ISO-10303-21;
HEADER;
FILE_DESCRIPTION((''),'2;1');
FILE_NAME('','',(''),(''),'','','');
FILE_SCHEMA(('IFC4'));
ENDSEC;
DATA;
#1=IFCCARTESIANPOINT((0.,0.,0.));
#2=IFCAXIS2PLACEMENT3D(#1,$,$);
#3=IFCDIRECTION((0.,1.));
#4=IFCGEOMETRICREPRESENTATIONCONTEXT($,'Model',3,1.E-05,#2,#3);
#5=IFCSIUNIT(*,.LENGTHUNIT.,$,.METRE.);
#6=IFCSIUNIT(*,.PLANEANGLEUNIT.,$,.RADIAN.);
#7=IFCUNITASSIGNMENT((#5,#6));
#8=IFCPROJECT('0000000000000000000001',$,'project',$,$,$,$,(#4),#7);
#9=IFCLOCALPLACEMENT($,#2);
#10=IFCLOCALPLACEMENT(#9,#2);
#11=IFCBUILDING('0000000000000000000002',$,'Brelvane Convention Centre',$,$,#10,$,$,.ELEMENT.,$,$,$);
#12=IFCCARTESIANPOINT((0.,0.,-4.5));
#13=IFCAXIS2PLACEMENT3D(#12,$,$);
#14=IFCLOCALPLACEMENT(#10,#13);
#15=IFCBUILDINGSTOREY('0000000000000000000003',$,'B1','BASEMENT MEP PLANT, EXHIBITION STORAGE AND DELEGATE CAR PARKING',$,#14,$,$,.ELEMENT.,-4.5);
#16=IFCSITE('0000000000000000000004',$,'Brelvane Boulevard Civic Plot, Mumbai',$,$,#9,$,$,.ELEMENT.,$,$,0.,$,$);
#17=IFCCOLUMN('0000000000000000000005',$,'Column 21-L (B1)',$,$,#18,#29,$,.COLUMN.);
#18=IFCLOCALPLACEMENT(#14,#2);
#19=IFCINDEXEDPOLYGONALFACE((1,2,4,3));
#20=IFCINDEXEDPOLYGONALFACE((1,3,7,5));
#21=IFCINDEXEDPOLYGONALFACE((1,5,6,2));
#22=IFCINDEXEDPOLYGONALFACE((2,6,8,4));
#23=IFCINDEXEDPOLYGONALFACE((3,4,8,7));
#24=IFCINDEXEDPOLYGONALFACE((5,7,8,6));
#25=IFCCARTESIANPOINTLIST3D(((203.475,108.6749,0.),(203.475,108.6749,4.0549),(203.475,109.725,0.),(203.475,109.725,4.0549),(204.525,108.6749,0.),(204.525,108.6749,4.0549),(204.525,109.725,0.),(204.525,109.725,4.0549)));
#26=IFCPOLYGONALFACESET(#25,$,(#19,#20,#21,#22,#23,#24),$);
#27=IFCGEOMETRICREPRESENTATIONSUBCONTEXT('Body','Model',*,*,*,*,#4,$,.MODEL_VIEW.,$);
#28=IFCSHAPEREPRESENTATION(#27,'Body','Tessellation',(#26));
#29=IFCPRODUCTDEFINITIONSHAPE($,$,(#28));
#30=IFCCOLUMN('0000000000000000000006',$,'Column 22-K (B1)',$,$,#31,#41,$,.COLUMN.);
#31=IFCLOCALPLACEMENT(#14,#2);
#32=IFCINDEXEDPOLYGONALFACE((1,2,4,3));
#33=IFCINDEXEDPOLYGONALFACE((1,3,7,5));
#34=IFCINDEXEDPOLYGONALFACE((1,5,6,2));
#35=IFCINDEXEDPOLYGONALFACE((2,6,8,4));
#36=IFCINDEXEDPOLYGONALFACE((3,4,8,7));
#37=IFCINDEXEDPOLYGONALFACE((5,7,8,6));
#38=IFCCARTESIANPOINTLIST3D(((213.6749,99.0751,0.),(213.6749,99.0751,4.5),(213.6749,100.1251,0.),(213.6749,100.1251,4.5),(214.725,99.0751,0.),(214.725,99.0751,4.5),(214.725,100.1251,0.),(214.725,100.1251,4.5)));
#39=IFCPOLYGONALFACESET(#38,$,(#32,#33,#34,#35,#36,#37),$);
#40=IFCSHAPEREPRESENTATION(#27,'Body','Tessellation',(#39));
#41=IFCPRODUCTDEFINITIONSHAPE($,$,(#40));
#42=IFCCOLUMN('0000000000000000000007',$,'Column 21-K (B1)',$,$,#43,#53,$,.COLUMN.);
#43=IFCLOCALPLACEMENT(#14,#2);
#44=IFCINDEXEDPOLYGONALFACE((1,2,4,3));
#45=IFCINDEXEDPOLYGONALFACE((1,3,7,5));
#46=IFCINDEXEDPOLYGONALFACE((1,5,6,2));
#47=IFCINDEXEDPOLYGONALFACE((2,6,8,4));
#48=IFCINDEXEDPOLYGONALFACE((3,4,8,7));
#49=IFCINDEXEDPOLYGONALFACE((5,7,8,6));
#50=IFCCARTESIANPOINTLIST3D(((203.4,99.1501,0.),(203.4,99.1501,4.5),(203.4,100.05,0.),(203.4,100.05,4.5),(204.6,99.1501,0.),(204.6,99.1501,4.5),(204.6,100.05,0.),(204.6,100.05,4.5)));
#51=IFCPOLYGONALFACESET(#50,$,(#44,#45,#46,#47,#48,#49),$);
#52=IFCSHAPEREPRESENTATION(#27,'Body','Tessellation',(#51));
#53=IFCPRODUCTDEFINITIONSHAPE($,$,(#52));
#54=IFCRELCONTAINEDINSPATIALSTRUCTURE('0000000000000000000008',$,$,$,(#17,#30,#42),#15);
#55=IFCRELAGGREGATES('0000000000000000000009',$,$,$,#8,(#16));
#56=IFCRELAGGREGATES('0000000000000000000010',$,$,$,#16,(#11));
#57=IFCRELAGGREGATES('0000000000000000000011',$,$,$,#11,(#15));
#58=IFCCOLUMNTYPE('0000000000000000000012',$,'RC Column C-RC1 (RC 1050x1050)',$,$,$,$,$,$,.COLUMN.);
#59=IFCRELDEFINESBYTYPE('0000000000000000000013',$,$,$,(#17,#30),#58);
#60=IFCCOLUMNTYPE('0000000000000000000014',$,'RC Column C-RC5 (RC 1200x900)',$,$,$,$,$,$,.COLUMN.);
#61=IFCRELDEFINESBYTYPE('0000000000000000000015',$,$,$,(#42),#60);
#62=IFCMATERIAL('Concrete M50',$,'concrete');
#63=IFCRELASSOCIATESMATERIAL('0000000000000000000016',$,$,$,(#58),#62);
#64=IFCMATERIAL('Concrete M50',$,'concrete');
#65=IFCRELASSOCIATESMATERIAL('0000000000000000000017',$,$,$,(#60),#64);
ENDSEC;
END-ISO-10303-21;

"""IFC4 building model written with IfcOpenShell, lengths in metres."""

from ifc_helpers import new_model, si_unit, direction, frame, origin, origin_2d, place, context, subcontext, project, spatial, rectangle, extrude, material, material_profile, profile_set, type_object, element, save


model = new_model("IFC4")

# Units and contexts
model_context = context("Model", 3, precision=1e-05, world=origin(), true_north=direction((0.0, 1.0)))
body_context = subcontext(model_context, "Body", "Model", "MODEL_VIEW")
ifc_project = project(units=[si_unit("LENGTHUNIT", "METRE"), si_unit("PLANEANGLEUNIT", "RADIAN")], contexts=[model_context])

# Site, building, storey
site_placement = place(None, origin())
site = spatial("IfcSite", under=ifc_project, at=site_placement, Name="Brelvane Boulevard Civic Plot, Mumbai", CompositionType="ELEMENT", RefElevation=0.0)
building_placement = place(site_placement, origin())
building = spatial("IfcBuilding", under=site, at=building_placement, Name="Brelvane Convention Centre", CompositionType="ELEMENT")
storey_placement = place(building_placement, frame((0.0, 0.0, -4.5)))
storey = spatial("IfcBuildingStorey", under=building, at=storey_placement, Name="B1", Description="BASEMENT MEP PLANT, EXHIBITION STORAGE AND DELEGATE CAR PARKING", CompositionType="ELEMENT", Elevation=-4.5)

# Columns
ifc_material_1 = material(Name="Concrete M50", Category="concrete")
ifc_material_profile_1 = material_profile(ifc_material_1, rectangle(XDim=1.05, YDim=1.05, at=origin_2d()), Name="RC 1050x1050")
ifc_profile_set_1 = profile_set([ifc_material_profile_1], Name="Concrete M50")
column_type_1 = type_object("IfcColumnType", Name="RC Column C-RC1 (RC 1050x1050)", PredefinedType="COLUMN", material=ifc_profile_set_1)
column_1_placement = place(storey_placement, frame((204.0, 109.2, 0.0), z_axis=(0.0, 0.0, 1.0), x_axis=(1.0, 0.0, 0.0)))
element("IfcColumn", 1, at=column_1_placement, inside=storey, type_object=column_type_1, Name="Column 21-L (B1)", PredefinedType="COLUMN", context=body_context, shape_type="SweptSolid", body=[
    extrude(rectangle(XDim=1.05, YDim=1.05, at=origin_2d()), origin(), (0.0, 0.0, 1.0), 4.0549),
])
column_2_placement = place(storey_placement, frame((214.2, 99.6001, 0.0), z_axis=(0.0, 0.0, 1.0), x_axis=(1.0, 0.0, 0.0)))
element("IfcColumn", 2, at=column_2_placement, inside=storey, type_object=column_type_1, Name="Column 22-K (B1)", PredefinedType="COLUMN", context=body_context, shape_type="SweptSolid", body=[
    extrude(rectangle(XDim=1.05, YDim=1.05, at=origin_2d()), origin(), (0.0, 0.0, 1.0), 4.5),
])
ifc_material_2 = material(Name="Concrete M50", Category="concrete")
ifc_material_profile_2 = material_profile(ifc_material_2, rectangle(XDim=1.2, YDim=0.8999, at=origin_2d()), Name="RC 1200x900")
ifc_profile_set_2 = profile_set([ifc_material_profile_2], Name="Concrete M50")
column_type_2 = type_object("IfcColumnType", Name="RC Column C-RC5 (RC 1200x900)", PredefinedType="COLUMN", material=ifc_profile_set_2)
column_3_placement = place(storey_placement, frame((204.0, 99.6001, 0.0), z_axis=(0.0, 0.0, 1.0), x_axis=(1.0, 0.0, 0.0)))
element("IfcColumn", 3, at=column_3_placement, inside=storey, type_object=column_type_2, Name="Column 21-K (B1)", PredefinedType="COLUMN", context=body_context, shape_type="SweptSolid", body=[
    extrude(rectangle(XDim=1.2, YDim=0.8999, at=origin_2d()), origin(), (0.0, 0.0, 1.0), 4.5),
])

save(model, "model.ifc")
